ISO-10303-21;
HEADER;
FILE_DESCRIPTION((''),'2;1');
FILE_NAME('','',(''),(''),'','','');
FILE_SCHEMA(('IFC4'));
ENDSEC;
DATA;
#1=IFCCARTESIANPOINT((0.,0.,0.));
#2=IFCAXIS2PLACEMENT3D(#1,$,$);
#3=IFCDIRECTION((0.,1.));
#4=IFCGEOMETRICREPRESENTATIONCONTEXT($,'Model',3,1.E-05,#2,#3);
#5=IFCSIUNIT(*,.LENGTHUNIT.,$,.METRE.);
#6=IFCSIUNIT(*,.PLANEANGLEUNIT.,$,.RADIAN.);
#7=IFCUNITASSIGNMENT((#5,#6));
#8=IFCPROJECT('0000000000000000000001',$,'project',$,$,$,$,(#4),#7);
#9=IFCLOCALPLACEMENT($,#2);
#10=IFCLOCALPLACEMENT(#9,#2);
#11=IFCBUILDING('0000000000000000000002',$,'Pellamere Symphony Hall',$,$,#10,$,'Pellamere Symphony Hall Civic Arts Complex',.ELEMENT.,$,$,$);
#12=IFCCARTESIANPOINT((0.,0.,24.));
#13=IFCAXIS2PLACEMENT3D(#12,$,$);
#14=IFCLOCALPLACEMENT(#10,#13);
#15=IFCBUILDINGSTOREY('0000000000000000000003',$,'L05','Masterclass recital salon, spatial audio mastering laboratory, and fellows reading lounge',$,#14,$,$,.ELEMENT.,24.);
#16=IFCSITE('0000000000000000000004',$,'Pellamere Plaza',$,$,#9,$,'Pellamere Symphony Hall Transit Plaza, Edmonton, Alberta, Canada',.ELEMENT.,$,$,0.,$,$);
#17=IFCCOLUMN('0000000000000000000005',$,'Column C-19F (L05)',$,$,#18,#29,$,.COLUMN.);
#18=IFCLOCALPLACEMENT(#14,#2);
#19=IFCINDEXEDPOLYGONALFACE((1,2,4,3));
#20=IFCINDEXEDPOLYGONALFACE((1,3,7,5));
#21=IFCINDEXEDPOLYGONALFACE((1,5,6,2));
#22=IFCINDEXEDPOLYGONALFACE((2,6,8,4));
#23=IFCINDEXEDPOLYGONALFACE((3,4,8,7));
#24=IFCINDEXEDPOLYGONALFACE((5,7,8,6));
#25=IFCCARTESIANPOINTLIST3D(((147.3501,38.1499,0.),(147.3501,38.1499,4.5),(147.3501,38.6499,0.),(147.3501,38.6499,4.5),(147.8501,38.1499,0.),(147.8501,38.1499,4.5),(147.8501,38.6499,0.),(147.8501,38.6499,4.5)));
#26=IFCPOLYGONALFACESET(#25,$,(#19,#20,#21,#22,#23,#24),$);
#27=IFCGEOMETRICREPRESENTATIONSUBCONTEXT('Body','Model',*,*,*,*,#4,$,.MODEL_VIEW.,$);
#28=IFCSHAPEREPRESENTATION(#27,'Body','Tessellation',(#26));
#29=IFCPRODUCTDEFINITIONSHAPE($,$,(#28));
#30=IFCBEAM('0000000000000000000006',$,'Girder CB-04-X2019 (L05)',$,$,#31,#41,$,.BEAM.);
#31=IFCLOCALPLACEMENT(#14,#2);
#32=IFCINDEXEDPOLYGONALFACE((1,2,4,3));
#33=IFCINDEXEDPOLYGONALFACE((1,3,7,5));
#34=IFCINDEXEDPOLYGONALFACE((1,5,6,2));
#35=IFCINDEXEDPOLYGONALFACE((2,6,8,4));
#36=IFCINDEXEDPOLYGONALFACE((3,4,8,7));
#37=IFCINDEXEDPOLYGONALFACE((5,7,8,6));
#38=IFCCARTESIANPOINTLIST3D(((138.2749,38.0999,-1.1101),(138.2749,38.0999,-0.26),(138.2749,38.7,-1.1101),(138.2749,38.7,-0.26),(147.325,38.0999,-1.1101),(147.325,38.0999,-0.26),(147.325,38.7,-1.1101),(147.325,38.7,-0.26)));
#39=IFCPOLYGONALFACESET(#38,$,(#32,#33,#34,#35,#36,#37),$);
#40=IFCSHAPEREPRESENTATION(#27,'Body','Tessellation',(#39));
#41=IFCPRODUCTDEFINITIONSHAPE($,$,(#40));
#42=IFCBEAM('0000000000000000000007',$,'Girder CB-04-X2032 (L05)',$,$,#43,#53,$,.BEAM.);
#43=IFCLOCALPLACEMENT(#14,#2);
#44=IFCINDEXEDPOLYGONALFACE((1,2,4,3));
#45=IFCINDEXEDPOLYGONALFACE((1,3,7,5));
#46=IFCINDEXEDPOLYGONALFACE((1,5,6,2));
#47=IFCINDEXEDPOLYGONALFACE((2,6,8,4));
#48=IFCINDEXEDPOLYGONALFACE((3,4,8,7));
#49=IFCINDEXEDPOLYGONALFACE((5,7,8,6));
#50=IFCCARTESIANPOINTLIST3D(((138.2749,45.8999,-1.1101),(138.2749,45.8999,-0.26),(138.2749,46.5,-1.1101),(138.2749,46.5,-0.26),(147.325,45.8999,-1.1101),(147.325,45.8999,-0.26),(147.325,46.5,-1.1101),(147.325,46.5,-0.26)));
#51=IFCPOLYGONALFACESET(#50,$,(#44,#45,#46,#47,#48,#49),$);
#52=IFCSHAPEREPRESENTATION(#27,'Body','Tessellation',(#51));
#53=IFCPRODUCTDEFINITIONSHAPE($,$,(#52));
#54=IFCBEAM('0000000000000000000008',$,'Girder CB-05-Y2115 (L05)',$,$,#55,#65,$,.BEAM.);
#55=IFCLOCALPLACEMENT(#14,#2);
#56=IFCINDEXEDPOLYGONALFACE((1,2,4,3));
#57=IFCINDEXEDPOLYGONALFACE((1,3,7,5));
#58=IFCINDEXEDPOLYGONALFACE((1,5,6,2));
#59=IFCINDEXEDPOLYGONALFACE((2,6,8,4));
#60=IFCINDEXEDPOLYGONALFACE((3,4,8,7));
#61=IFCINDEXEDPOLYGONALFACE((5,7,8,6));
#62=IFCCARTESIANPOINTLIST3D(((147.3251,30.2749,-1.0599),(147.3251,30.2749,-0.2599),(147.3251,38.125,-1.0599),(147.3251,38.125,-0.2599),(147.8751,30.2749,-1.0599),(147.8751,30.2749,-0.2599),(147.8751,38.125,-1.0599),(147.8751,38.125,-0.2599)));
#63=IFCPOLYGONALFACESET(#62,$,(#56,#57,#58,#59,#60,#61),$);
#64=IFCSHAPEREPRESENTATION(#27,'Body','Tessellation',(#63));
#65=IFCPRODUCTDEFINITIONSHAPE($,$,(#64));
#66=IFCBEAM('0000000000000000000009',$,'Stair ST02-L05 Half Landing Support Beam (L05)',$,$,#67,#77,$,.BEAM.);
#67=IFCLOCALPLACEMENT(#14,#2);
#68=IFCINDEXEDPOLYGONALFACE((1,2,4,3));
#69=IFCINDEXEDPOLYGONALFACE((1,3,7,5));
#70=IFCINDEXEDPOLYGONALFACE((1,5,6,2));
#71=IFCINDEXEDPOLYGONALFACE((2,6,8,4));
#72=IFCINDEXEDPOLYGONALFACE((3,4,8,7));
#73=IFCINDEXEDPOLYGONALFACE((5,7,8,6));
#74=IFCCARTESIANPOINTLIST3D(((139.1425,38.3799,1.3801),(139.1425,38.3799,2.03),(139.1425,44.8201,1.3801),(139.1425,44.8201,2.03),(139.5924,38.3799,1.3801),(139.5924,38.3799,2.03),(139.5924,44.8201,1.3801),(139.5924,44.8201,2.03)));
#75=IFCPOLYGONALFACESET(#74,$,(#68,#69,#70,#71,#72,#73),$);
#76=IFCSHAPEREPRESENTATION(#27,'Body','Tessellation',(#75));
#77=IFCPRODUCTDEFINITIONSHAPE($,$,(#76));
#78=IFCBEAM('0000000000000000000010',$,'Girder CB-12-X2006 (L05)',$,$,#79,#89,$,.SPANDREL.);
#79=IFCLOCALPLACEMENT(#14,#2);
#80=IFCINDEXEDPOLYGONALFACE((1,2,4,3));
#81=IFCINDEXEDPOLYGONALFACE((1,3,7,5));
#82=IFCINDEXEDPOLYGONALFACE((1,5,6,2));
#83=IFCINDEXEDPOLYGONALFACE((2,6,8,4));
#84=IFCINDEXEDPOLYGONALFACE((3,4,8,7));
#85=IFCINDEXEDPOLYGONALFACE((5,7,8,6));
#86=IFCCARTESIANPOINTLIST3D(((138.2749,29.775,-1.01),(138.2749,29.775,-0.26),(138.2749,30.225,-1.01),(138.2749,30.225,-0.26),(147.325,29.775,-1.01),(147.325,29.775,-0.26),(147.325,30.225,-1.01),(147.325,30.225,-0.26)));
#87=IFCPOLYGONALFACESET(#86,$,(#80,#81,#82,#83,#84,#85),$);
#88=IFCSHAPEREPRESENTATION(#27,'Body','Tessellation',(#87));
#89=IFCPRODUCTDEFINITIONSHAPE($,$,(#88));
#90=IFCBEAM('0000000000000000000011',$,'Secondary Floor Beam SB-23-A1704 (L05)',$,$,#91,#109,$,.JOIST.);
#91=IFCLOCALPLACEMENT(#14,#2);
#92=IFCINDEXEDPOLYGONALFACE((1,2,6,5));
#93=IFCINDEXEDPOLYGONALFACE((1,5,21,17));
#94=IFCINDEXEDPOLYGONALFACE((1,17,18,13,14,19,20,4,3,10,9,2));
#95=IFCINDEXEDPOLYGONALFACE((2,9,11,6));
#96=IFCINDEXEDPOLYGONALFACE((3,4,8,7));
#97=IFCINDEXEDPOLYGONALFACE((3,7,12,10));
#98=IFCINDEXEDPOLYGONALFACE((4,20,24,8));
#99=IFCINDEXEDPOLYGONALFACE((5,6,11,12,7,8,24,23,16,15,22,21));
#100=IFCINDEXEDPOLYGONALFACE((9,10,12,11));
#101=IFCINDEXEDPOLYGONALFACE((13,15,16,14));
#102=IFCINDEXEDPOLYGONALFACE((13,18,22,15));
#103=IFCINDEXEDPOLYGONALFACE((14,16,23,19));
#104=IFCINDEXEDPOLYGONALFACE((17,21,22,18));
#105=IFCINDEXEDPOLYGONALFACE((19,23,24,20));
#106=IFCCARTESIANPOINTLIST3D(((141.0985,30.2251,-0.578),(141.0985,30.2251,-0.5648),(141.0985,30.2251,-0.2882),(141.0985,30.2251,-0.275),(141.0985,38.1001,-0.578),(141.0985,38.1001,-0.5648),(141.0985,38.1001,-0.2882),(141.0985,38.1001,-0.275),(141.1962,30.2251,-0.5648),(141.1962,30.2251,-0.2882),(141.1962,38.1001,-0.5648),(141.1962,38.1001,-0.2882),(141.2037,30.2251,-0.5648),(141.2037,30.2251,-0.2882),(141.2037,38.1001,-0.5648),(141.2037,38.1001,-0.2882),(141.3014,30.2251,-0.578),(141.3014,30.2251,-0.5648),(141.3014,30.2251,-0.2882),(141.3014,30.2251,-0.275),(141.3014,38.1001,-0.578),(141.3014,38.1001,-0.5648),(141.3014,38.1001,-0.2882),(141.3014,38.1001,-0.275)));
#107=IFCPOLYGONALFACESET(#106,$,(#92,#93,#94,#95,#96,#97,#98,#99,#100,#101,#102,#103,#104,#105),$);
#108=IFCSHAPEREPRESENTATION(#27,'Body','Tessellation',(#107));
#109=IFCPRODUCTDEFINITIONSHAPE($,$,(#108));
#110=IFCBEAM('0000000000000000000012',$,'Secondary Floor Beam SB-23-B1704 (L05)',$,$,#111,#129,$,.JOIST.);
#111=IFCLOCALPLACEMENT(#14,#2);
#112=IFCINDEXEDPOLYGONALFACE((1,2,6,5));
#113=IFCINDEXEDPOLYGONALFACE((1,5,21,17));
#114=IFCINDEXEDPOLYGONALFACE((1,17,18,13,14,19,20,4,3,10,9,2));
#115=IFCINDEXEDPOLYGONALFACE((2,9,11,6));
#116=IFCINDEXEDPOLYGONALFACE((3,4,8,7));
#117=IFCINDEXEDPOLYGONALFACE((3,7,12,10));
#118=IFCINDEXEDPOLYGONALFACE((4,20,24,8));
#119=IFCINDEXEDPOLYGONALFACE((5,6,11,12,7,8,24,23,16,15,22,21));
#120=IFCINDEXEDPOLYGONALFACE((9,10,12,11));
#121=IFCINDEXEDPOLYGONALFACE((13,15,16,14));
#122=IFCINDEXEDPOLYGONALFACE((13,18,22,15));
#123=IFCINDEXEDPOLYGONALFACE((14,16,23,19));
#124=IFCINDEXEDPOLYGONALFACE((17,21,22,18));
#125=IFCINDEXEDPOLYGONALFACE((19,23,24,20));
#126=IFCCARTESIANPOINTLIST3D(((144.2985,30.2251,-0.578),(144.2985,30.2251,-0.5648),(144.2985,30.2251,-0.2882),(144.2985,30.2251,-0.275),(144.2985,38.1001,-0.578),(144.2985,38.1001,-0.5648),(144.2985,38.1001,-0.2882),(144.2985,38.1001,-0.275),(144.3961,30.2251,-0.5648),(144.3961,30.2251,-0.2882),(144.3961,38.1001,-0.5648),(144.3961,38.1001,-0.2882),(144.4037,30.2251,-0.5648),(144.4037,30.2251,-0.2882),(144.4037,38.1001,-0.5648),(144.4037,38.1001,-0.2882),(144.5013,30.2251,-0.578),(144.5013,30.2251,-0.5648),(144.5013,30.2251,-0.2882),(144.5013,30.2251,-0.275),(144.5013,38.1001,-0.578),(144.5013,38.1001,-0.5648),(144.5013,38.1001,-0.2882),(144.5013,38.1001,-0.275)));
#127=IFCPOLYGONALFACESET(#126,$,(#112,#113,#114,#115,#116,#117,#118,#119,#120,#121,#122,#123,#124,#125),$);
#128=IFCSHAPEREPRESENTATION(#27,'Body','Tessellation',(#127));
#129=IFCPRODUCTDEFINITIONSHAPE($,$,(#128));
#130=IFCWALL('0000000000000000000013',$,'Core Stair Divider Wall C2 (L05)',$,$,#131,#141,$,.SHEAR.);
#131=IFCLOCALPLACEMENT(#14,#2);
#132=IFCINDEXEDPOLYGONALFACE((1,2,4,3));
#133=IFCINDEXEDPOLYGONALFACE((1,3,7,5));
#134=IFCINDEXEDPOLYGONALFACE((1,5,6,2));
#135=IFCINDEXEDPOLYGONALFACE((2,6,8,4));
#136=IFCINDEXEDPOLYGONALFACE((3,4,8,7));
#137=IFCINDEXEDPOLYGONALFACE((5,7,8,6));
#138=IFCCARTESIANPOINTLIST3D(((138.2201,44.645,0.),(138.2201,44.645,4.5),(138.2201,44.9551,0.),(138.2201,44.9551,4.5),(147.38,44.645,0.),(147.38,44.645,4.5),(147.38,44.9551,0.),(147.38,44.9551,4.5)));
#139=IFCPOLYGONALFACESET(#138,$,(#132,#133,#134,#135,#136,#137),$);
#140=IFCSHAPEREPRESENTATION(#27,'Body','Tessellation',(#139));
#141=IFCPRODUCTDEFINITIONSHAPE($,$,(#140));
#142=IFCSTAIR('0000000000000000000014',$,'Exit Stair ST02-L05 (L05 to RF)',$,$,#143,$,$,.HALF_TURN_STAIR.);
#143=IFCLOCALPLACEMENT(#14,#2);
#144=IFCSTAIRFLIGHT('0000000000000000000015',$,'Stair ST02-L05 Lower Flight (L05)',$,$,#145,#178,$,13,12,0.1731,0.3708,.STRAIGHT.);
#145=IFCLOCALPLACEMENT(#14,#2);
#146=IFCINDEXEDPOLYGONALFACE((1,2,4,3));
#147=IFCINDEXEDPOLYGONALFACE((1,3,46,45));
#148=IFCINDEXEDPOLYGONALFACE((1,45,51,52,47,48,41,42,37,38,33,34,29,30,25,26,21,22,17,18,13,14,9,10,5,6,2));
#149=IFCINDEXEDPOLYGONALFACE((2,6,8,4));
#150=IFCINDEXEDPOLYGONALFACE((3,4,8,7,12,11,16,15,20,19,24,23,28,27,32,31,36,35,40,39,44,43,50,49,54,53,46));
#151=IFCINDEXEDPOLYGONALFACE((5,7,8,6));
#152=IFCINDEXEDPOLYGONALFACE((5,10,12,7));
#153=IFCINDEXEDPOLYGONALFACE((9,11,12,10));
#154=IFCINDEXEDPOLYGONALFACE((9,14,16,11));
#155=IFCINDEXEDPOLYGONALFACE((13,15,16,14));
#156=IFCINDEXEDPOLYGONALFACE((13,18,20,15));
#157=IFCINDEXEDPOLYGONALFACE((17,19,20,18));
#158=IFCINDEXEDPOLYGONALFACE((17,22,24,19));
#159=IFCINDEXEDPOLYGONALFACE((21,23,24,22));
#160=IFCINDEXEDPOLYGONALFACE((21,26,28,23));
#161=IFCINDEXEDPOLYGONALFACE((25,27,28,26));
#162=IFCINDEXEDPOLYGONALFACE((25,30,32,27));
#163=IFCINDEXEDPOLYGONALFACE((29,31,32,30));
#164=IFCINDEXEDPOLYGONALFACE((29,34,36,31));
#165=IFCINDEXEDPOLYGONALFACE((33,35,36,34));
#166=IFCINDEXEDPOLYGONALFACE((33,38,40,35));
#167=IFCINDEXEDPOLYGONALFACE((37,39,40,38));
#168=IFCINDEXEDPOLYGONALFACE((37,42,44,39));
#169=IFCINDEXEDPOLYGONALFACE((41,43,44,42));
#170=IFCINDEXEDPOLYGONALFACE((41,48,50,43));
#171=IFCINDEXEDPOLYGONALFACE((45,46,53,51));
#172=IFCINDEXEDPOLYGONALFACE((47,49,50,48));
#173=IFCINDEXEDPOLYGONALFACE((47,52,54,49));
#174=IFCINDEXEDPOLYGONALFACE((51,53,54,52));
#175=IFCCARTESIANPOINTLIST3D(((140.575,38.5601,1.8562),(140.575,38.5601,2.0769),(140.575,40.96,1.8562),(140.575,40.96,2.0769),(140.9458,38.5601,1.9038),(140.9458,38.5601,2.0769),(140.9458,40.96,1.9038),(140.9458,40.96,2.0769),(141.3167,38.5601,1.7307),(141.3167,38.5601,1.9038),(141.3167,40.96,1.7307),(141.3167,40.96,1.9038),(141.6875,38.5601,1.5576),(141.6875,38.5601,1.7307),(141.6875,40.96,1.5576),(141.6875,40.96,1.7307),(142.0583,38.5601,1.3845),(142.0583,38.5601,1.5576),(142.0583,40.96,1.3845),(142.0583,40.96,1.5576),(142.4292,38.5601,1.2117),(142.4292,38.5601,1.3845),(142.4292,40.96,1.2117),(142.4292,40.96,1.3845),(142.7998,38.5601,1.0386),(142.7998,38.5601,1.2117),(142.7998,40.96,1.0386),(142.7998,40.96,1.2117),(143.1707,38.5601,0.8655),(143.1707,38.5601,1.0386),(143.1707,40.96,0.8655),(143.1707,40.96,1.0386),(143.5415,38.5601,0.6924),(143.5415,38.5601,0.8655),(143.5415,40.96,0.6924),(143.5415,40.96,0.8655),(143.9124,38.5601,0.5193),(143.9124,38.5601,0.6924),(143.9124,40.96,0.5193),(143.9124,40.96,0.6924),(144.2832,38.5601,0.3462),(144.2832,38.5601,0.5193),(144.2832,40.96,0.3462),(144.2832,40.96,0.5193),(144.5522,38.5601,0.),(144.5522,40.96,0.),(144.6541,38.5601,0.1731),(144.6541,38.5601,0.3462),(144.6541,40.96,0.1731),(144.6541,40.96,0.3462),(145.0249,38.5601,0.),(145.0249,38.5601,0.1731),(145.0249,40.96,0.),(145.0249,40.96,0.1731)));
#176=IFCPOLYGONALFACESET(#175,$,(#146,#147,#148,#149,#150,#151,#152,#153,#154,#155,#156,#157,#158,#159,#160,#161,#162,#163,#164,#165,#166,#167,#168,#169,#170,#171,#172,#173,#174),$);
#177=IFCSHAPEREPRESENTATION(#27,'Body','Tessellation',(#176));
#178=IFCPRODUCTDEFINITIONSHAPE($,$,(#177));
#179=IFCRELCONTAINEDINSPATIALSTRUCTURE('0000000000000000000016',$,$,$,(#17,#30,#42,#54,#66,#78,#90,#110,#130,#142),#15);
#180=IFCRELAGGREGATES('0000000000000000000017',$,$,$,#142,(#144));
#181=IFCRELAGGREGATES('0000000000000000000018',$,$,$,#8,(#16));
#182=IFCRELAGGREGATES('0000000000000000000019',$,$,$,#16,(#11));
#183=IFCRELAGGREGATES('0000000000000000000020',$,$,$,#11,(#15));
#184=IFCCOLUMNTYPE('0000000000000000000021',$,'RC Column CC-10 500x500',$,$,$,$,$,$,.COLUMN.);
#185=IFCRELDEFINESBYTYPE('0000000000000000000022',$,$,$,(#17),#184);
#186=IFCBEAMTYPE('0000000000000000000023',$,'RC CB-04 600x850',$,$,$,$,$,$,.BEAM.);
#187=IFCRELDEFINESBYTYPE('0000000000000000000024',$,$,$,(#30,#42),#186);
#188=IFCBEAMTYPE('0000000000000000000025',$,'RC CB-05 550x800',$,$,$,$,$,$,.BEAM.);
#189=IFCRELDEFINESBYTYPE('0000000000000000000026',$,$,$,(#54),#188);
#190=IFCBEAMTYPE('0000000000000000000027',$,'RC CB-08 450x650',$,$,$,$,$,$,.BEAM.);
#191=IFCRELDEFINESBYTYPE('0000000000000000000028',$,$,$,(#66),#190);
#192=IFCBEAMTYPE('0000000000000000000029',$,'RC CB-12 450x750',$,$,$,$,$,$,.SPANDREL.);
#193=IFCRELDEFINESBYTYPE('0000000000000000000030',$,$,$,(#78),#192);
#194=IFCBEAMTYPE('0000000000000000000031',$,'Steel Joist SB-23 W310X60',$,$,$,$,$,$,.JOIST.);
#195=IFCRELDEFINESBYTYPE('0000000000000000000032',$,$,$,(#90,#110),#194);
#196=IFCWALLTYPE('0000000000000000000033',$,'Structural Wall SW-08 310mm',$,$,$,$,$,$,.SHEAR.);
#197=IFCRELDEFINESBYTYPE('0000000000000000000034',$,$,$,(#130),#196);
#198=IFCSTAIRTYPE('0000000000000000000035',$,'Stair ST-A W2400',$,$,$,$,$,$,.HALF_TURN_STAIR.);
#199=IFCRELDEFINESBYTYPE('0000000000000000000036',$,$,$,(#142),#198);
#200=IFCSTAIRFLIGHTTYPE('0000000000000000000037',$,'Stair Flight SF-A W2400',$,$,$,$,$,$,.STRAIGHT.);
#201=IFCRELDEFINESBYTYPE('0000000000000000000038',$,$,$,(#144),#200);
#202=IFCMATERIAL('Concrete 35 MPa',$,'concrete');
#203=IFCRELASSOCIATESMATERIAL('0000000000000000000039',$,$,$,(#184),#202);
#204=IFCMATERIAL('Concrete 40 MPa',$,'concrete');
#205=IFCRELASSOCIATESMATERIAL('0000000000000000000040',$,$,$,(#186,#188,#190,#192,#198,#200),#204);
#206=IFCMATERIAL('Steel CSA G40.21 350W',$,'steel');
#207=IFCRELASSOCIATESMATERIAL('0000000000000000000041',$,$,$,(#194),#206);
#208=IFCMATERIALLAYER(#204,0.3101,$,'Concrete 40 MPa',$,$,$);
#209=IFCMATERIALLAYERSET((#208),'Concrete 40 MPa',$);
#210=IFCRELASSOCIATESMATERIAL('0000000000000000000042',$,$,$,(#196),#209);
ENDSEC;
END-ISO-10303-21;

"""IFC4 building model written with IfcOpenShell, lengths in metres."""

from ifc_helpers import new_model, si_unit, direction, frame, frame_2d, origin, origin_2d, place, context, subcontext, project, spatial, polyline, rectangle, i_section, outline, extrude, material, layer, layer_set, material_profile, profile_set, type_object, element, aggregate, save


model = new_model("IFC4")

# Units and contexts
model_context = context("Model", 3, precision=1e-05, world=origin(), true_north=direction((0.0, 1.0)))
body_context = subcontext(model_context, "Body", "Model", "MODEL_VIEW")
ifc_project = project(units=[si_unit("LENGTHUNIT", "METRE"), si_unit("PLANEANGLEUNIT", "RADIAN")], contexts=[model_context])

# Site, building, storey
site_placement = place(None, origin())
site = spatial("IfcSite", under=ifc_project, at=site_placement, Name="Pellamere Plaza", LongName="Pellamere Symphony Hall Transit Plaza, Edmonton, Alberta, Canada", CompositionType="ELEMENT", RefElevation=0.0)
building_placement = place(site_placement, origin())
building = spatial("IfcBuilding", under=site, at=building_placement, Name="Pellamere Symphony Hall", LongName="Pellamere Symphony Hall Civic Arts Complex", CompositionType="ELEMENT")
storey_placement = place(building_placement, frame((0.0, 0.0, 24.0)))
storey = spatial("IfcBuildingStorey", under=building, at=storey_placement, Name="L05", Description="Masterclass recital salon, spatial audio mastering laboratory, and fellows reading lounge", CompositionType="ELEMENT", Elevation=24.0)

# Column
ifc_material_1 = material(Name="Concrete 35 MPa", Category="concrete")
ifc_material_profile_1 = material_profile(ifc_material_1, rectangle(XDim=0.5, YDim=0.5, at=origin_2d()), Name="RC 500x500")
ifc_profile_set_1 = profile_set([ifc_material_profile_1], Name="Concrete 35 MPa")
column_type = type_object("IfcColumnType", Name="RC Column CC-10 500x500", PredefinedType="COLUMN", material=ifc_profile_set_1)
column_placement = place(storey_placement, frame((147.6001, 38.3999, 0.0), z_axis=(0.0, 0.0, 1.0), x_axis=(1.0, 0.0, 0.0)))
element("IfcColumn", 1, at=column_placement, inside=storey, type_object=column_type, Name="Column C-19F (L05)", PredefinedType="COLUMN", context=body_context, shape_type="SweptSolid", body=[
    extrude(rectangle(XDim=0.5, YDim=0.5, at=origin_2d()), origin(), (0.0, 0.0, 1.0), 4.5),
])

# Beams
ifc_material_2 = material(Name="Concrete 40 MPa", Category="concrete")
ifc_material_profile_2 = material_profile(ifc_material_2, rectangle(XDim=0.6001, YDim=0.8501, at=origin_2d()), Name="RC 600x850")
ifc_profile_set_2 = profile_set([ifc_material_profile_2], Name="Concrete 40 MPa")
beam_type_1 = type_object("IfcBeamType", Name="RC CB-04 600x850", PredefinedType="BEAM", material=ifc_profile_set_2)
for number, where, z_axis, x_axis, name in (
    (2, (138.2749, 38.3999, -0.6851), (1.0, 0.0, 0.0), (0.0, 1.0, 0.0), "Girder CB-04-X2019 (L05)"),
    (3, (138.2749, 46.2, -0.6851), (1.0, 0.0, 0.0), (0.0, 1.0, 0.0), "Girder CB-04-X2032 (L05)"),
):
    element("IfcBeam", number, at=place(storey_placement, frame(where, z_axis=z_axis, x_axis=x_axis)), inside=storey, type_object=beam_type_1, Name=name, PredefinedType="BEAM", context=body_context, shape_type="SweptSolid", body=[
        extrude(rectangle(XDim=0.6001, YDim=0.8501, at=origin_2d()), origin(), (0.0, 0.0, 1.0), 9.05),
    ])
ifc_material_profile_3 = material_profile(ifc_material_2, rectangle(XDim=0.55, YDim=0.8, at=origin_2d()), Name="RC 550x800")
ifc_profile_set_3 = profile_set([ifc_material_profile_3], Name="Concrete 40 MPa")
beam_type_2 = type_object("IfcBeamType", Name="RC CB-05 550x800", PredefinedType="BEAM", material=ifc_profile_set_3)
beam_1_placement = place(storey_placement, frame((147.6001, 30.2749, -0.6599), z_axis=(0.0, 1.0, 0.0), x_axis=(-1.0, 0.0, 0.0)))
element("IfcBeam", 4, at=beam_1_placement, inside=storey, type_object=beam_type_2, Name="Girder CB-05-Y2115 (L05)", PredefinedType="BEAM", context=body_context, shape_type="SweptSolid", body=[
    extrude(rectangle(XDim=0.55, YDim=0.8, at=origin_2d()), origin(), (0.0, 0.0, 1.0), 7.8501),
])
ifc_material_profile_4 = material_profile(ifc_material_2, rectangle(XDim=0.45, YDim=0.6499, at=origin_2d()), Name="RC 450x650")
ifc_profile_set_4 = profile_set([ifc_material_profile_4], Name="Concrete 40 MPa")
beam_type_3 = type_object("IfcBeamType", Name="RC CB-08 450x650", PredefinedType="BEAM", material=ifc_profile_set_4)
beam_2_placement = place(storey_placement, frame((139.3674, 38.3799, 1.7051), z_axis=(0.0, 1.0, 0.0), x_axis=(-1.0, 0.0, 0.0)))
element("IfcBeam", 5, at=beam_2_placement, inside=storey, type_object=beam_type_3, Name="Stair ST02-L05 Half Landing Support Beam (L05)", PredefinedType="BEAM", context=body_context, shape_type="SweptSolid", body=[
    extrude(rectangle(XDim=0.45, YDim=0.6499, at=origin_2d()), origin(), (0.0, 0.0, 1.0), 6.4402),
])
ifc_material_profile_5 = material_profile(ifc_material_2, rectangle(XDim=0.45, YDim=0.75, at=origin_2d()), Name="RC 450x750")
ifc_profile_set_5 = profile_set([ifc_material_profile_5], Name="Concrete 40 MPa")
beam_type_4 = type_object("IfcBeamType", Name="RC CB-12 450x750", PredefinedType="SPANDREL", material=ifc_profile_set_5)
beam_3_placement = place(storey_placement, frame((138.2749, 30.0, -0.635), z_axis=(1.0, 0.0, 0.0), x_axis=(0.0, 1.0, 0.0)))
element("IfcBeam", 6, at=beam_3_placement, inside=storey, type_object=beam_type_4, Name="Girder CB-12-X2006 (L05)", PredefinedType="SPANDREL", context=body_context, shape_type="SweptSolid", body=[
    extrude(rectangle(XDim=0.45, YDim=0.75, at=origin_2d()), origin(), (0.0, 0.0, 1.0), 9.05),
])
ifc_material_3 = material(Name="Steel CSA G40.21 350W", Category="steel")
ifc_material_profile_6 = material_profile(ifc_material_3, i_section(OverallWidth=0.2029, OverallDepth=0.303, WebThickness=0.0076, FlangeThickness=0.0132, at=origin_2d()), Name="W310X60")
ifc_profile_set_6 = profile_set([ifc_material_profile_6], Name="Steel CSA G40.21 350W")
beam_type_5 = type_object("IfcBeamType", Name="Steel Joist SB-23 W310X60", PredefinedType="JOIST", material=ifc_profile_set_6)
for number, where, z_axis, x_axis, name in (
    (7, (141.2, 30.2251, -0.4265), (0.0, 1.0, 0.0), (-1.0, 0.0, 0.0), "Secondary Floor Beam SB-23-A1704 (L05)"),
    (8, (144.3999, 30.2251, -0.4265), (0.0, 1.0, 0.0), (-1.0, 0.0, 0.0), "Secondary Floor Beam SB-23-B1704 (L05)"),
):
    element("IfcBeam", number, at=place(storey_placement, frame(where, z_axis=z_axis, x_axis=x_axis)), inside=storey, type_object=beam_type_5, Name=name, PredefinedType="JOIST", context=body_context, shape_type="SweptSolid", body=[
        extrude(i_section(OverallWidth=0.2029, OverallDepth=0.303, WebThickness=0.0076, FlangeThickness=0.0132, at=origin_2d()), origin(), (0.0, 0.0, 1.0), 7.875),
    ])

# Wall
ifc_layer = layer(ifc_material_2, 0.3101, Name="Concrete 40 MPa")
ifc_layer_set = layer_set([ifc_layer], Name="Concrete 40 MPa")
wall_type = type_object("IfcWallType", Name="Structural Wall SW-08 310mm", PredefinedType="SHEAR", material=ifc_layer_set)
wall_placement = place(storey_placement, frame((138.22, 44.8, 0.0), z_axis=(0.0, 0.0, 1.0), x_axis=(1.0, 0.0, 0.0)))
element("IfcWall", 9, at=wall_placement, inside=storey, type_object=wall_type, Name="Core Stair Divider Wall C2 (L05)", PredefinedType="SHEAR", context=body_context, shape_type="SweptSolid", body=[
    extrude(rectangle(XDim=9.1599, YDim=0.3101, at=frame_2d((4.5801, 0.0))), origin(), (0.0, 0.0, 1.0), 4.5),
])

# Stair, stair flight
stair_type = type_object("IfcStairType", Name="Stair ST-A W2400", PredefinedType="HALF_TURN_STAIR", material=ifc_material_2)
stair_placement = place(storey_placement, origin())
stair = element("IfcStair", 10, at=stair_placement, inside=storey, type_object=stair_type, Name="Exit Stair ST02-L05 (L05 to RF)", PredefinedType="HALF_TURN_STAIR")
stair_flight_type = type_object("IfcStairFlightType", Name="Stair Flight SF-A W2400", PredefinedType="STRAIGHT", material=ifc_material_2)
stair_flight_1_placement = place(storey_placement, frame((145.0249, 39.76, 0.0), z_axis=(0.0, 0.0, 1.0), x_axis=(-1.0, 0.0, 0.0)))
stair_flight_1 = element("IfcStairFlight", 11, at=stair_flight_1_placement, type_object=stair_flight_type, Name="Stair ST02-L05 Lower Flight (L05)", NumberOfRisers=13, NumberOfTreads=12, PredefinedType="STRAIGHT", RiserHeight=0.1731, TreadLength=0.3708, context=body_context, shape_type="SweptSolid", body=[
    extrude(outline(polyline([(0.0, 0.0), (0.0, 0.1731), (0.3708, 0.1731), (0.3708, 0.3462), (0.7417, 0.3462), (0.7417, 0.5193), (1.1125, 0.5193), (1.1125, 0.6924), (1.4834, 0.6924), (1.4834, 0.8655), (1.8542, 0.8655), (1.8542, 1.0386), (2.2251, 1.0386), (2.2251, 1.2117), (2.5957, 1.2117), (2.5957, 1.3845), (2.9666, 1.3845), (2.9666, 1.5576), (3.3374, 1.5576), (3.3374, 1.7307), (3.7083, 1.7307), (3.7083, 1.9038), (4.0791, 1.9038), (4.0791, 2.0769), (4.45, 2.0769), (4.45, 2.25), (4.45, 1.8562), (0.4727, 0.0), (0.0, 0.0)])), frame((0.0, 1.2, 0.0), z_axis=(0.0, -1.0, 0.0), x_axis=(1.0, 0.0, 0.0)), (0.0, 0.0, 1.0), 2.3999),
])
aggregate(stair, [stair_flight_1])

save(model, "model.ifc")
